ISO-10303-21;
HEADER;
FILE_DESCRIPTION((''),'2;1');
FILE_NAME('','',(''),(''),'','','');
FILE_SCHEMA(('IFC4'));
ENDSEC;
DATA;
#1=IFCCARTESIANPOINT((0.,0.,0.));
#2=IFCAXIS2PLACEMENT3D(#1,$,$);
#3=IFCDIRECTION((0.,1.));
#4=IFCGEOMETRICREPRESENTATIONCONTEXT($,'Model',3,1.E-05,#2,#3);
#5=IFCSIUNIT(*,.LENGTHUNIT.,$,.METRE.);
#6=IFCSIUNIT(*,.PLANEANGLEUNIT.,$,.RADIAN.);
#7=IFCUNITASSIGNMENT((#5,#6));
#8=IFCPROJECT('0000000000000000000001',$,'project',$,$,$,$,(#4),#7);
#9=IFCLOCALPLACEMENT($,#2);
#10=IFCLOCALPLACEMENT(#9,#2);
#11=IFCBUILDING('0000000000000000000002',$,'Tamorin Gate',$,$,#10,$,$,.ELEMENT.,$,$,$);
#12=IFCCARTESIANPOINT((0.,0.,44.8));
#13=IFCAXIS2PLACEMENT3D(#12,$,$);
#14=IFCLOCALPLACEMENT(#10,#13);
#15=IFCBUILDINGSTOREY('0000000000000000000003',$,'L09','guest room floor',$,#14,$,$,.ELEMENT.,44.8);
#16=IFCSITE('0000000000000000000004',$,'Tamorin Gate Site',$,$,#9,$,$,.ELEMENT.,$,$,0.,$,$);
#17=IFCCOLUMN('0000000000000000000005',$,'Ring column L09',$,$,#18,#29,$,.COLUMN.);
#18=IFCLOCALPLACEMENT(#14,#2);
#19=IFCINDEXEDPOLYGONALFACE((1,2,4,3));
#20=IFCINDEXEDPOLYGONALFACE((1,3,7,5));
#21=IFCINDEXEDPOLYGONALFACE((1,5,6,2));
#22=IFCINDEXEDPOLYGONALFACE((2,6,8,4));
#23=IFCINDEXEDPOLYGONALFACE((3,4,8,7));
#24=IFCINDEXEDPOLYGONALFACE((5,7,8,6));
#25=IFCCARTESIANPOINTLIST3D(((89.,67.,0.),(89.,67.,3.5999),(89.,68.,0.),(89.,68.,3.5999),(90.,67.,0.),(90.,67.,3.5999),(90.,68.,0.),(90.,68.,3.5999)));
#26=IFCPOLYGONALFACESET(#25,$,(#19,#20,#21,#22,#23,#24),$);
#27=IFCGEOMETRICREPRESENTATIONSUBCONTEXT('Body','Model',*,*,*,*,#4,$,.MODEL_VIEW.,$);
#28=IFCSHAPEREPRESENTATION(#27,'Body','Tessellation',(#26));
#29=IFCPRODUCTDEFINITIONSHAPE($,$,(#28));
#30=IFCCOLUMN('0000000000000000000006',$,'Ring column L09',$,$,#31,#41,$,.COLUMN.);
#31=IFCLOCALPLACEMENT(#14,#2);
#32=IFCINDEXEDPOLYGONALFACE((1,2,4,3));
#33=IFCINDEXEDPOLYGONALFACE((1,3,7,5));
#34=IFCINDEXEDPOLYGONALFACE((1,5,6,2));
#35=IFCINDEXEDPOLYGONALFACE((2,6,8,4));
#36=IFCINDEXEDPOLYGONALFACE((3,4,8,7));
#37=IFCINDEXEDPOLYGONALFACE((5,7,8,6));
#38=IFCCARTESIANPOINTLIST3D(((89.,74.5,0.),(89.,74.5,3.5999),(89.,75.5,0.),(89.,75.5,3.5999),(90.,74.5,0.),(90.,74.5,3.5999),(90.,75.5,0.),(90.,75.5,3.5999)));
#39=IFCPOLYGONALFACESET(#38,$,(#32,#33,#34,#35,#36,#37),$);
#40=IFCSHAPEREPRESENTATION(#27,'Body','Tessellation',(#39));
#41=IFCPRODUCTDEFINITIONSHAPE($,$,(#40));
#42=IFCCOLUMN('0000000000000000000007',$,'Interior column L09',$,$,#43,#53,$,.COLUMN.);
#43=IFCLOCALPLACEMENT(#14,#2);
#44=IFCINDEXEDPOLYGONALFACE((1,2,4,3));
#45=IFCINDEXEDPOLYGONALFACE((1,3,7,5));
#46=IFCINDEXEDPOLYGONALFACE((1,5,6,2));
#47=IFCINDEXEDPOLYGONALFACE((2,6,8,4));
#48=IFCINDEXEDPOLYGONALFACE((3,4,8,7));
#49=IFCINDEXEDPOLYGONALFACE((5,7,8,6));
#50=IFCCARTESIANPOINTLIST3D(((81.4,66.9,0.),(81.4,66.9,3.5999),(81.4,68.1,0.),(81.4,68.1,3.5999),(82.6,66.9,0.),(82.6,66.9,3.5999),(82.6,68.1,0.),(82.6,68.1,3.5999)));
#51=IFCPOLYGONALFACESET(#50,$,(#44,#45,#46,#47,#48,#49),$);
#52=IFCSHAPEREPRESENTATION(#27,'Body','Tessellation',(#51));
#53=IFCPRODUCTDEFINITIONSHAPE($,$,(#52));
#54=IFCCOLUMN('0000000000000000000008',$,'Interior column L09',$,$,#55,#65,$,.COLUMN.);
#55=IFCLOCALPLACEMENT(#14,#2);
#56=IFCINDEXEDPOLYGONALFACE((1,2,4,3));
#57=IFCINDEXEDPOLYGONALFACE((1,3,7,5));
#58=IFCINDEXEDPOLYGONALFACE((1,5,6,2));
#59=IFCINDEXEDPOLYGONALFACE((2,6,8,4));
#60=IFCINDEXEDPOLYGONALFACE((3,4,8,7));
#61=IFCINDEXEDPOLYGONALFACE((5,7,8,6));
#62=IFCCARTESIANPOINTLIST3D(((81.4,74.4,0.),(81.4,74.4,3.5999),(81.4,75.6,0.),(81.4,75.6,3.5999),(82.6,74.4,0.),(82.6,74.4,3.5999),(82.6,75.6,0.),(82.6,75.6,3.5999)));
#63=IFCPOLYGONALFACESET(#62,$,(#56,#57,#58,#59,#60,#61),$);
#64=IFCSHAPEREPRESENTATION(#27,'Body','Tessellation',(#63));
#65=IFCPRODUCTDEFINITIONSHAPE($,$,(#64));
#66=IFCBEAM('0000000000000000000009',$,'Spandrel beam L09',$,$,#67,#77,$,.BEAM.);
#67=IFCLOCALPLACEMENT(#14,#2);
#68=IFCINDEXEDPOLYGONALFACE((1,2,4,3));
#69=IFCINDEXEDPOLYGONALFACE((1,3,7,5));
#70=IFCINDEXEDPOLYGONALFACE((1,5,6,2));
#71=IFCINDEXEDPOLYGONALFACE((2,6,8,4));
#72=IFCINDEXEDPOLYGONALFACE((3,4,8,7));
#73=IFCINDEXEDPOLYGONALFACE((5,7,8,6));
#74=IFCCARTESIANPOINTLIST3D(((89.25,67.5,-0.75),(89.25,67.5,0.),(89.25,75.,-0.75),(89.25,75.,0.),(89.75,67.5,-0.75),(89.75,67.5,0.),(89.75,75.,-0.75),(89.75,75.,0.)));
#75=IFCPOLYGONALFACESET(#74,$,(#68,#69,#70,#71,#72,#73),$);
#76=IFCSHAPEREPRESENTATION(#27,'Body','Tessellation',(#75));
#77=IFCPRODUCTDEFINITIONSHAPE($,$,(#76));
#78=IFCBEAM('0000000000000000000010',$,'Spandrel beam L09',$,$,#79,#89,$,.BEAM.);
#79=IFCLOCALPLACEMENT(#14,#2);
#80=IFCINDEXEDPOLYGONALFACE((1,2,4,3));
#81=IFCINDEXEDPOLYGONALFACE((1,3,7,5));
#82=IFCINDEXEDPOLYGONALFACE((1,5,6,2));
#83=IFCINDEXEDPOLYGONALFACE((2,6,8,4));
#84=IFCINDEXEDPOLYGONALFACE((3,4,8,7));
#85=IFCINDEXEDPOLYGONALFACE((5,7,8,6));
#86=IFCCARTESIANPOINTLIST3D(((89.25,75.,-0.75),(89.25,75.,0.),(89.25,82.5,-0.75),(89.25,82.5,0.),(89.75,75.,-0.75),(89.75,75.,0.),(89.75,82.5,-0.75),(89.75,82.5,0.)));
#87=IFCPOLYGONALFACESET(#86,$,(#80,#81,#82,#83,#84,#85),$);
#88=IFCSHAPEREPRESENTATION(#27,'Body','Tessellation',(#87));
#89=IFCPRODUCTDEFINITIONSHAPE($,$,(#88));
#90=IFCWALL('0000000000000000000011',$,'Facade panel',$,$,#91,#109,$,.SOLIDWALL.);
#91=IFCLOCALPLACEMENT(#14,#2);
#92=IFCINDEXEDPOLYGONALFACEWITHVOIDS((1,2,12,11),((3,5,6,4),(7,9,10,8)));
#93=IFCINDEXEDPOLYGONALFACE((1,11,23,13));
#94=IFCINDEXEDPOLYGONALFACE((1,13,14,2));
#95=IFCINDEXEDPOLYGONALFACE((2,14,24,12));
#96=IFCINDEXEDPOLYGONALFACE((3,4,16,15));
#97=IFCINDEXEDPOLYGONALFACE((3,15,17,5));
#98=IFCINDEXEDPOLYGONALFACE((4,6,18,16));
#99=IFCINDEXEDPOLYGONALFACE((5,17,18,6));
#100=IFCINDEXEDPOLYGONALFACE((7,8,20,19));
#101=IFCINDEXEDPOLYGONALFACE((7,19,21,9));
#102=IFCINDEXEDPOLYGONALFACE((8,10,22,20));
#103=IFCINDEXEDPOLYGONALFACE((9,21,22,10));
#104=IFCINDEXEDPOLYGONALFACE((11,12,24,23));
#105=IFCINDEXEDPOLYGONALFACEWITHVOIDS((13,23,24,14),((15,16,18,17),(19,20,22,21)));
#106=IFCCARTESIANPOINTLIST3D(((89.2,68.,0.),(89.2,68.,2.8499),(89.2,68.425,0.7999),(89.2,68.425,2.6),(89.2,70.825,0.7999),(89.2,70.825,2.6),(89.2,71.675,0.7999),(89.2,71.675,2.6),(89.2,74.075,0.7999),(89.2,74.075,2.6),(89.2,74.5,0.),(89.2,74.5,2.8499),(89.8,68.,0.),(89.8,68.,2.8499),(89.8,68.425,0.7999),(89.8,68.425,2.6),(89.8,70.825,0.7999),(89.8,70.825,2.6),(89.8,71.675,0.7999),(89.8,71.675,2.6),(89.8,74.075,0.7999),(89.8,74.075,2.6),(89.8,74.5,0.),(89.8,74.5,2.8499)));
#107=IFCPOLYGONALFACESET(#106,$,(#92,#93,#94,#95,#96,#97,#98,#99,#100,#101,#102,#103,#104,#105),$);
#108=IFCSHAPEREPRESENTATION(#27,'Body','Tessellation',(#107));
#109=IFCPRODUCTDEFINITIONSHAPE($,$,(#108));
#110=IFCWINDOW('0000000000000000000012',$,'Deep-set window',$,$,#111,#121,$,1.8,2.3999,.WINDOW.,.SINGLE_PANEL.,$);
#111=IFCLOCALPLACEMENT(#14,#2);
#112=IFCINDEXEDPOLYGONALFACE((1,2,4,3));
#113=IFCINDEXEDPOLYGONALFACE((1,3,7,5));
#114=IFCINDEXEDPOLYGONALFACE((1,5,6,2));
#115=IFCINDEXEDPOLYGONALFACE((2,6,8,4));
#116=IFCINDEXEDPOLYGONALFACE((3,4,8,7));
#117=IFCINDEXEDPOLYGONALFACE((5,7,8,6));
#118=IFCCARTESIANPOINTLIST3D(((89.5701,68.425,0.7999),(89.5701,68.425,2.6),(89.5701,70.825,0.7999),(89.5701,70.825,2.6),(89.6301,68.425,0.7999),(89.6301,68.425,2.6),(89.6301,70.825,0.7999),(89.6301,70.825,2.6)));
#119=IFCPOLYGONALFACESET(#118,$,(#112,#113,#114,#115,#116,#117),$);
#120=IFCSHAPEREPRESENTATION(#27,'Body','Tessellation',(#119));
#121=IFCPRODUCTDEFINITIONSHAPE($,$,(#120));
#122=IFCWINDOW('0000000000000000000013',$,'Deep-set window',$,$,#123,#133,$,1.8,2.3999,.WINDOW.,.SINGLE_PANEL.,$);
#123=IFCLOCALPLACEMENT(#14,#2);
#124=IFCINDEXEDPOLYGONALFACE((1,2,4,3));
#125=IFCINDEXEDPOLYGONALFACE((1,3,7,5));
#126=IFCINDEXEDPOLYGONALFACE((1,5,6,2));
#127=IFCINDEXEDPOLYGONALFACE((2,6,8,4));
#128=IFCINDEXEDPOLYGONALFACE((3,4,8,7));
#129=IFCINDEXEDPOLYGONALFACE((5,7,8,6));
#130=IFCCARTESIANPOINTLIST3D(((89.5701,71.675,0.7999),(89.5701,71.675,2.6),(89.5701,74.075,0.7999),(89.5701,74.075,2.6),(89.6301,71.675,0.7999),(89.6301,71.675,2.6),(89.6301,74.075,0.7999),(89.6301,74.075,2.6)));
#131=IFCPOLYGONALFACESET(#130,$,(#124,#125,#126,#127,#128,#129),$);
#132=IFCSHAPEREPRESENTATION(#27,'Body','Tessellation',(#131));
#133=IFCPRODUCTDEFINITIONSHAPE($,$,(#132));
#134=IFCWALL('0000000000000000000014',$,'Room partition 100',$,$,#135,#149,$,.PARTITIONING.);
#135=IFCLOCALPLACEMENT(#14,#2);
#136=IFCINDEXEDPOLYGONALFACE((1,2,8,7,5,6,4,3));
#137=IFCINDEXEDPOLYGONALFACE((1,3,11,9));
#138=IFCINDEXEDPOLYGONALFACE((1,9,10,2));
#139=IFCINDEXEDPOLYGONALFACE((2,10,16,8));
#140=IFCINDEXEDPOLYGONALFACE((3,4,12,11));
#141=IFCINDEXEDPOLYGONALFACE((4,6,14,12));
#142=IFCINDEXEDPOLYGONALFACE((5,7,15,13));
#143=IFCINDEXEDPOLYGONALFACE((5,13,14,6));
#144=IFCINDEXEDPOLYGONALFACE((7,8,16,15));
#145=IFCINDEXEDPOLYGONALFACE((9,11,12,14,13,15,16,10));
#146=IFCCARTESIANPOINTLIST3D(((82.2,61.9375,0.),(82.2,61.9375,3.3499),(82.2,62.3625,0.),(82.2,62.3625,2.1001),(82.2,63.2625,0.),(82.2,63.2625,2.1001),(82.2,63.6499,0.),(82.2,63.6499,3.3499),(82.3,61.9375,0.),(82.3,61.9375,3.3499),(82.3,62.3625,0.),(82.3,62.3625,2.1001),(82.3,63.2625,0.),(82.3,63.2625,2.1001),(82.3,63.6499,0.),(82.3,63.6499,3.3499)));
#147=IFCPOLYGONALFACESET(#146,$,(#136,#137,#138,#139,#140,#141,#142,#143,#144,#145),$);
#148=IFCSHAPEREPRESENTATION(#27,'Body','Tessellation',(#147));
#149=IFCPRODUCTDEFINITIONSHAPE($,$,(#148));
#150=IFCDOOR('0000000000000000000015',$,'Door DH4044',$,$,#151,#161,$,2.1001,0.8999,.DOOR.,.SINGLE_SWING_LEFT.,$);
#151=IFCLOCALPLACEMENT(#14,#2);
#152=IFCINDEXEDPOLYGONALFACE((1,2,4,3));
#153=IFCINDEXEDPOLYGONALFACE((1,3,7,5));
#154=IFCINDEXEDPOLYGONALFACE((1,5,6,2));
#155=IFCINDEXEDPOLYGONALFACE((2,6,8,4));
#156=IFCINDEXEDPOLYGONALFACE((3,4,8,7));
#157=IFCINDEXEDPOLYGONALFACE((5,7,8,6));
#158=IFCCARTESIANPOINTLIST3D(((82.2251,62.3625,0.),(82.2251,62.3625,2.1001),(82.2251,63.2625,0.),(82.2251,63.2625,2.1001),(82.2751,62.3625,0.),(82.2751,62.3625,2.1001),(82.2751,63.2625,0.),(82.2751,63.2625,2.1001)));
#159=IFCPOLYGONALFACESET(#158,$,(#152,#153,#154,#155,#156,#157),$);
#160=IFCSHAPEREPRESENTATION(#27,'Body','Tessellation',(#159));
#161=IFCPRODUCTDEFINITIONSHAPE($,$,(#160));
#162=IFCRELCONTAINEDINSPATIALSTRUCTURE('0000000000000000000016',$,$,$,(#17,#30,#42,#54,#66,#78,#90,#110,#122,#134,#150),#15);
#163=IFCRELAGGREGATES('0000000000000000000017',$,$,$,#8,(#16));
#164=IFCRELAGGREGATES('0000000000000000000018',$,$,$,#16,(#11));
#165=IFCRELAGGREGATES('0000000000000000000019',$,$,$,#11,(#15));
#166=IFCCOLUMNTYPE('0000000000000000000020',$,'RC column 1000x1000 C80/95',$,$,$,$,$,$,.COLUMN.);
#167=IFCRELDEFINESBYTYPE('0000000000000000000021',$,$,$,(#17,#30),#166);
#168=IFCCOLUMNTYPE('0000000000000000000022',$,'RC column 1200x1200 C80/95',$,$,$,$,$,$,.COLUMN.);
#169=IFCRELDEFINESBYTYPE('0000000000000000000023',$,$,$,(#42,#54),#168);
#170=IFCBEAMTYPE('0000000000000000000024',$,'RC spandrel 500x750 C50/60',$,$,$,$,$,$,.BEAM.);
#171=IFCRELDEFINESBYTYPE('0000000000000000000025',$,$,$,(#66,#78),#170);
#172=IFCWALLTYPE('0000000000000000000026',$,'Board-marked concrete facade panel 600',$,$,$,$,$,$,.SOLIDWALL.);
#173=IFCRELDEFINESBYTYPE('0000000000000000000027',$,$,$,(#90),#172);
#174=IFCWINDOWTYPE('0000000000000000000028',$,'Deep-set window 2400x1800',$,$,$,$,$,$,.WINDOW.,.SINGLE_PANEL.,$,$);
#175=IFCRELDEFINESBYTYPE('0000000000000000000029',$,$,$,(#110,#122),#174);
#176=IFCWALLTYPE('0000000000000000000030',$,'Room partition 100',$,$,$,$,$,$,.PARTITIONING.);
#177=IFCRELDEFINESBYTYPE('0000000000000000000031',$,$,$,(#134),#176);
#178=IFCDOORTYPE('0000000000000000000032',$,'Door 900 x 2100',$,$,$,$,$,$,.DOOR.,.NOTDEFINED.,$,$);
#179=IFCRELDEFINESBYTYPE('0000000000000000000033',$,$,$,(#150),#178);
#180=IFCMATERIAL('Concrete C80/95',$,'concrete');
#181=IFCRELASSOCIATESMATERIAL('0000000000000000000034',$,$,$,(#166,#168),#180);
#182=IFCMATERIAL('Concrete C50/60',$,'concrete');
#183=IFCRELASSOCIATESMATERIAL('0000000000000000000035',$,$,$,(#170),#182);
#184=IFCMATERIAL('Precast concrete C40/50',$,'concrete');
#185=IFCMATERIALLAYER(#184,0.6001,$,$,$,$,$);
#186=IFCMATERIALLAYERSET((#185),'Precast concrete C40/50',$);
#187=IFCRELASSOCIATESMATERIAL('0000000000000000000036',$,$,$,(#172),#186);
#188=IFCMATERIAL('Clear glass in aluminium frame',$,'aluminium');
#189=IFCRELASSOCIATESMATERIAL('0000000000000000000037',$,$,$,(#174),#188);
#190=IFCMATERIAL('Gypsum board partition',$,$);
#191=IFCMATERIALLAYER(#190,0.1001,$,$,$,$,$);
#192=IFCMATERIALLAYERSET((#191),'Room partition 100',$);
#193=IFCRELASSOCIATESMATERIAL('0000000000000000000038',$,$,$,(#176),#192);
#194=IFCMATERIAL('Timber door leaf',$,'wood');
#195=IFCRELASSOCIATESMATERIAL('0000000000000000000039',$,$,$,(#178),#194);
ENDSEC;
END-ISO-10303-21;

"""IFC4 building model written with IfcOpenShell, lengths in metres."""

from ifc_helpers import new_model, si_unit, direction, frame, frame_2d, origin, origin_2d, place, context, subcontext, project, spatial, rectangle, extrude, material, layer, layer_set, material_profile, profile_set, type_object, element, fill, save


model = new_model("IFC4")

# Units and contexts
model_context = context("Model", 3, precision=1e-05, world=origin(), true_north=direction((0.0, 1.0)))
body_context = subcontext(model_context, "Body", "Model", "MODEL_VIEW")
ifc_project = project(units=[si_unit("LENGTHUNIT", "METRE"), si_unit("PLANEANGLEUNIT", "RADIAN")], contexts=[model_context])

# Site, building, storey
site_placement = place(None, origin())
site = spatial("IfcSite", under=ifc_project, at=site_placement, Name="Tamorin Gate Site", CompositionType="ELEMENT", RefElevation=0.0)
building_placement = place(site_placement, origin())
building = spatial("IfcBuilding", under=site, at=building_placement, Name="Tamorin Gate", CompositionType="ELEMENT")
storey_placement = place(building_placement, frame((0.0, 0.0, 44.8)))
storey = spatial("IfcBuildingStorey", under=building, at=storey_placement, Name="L09", Description="guest room floor", CompositionType="ELEMENT", Elevation=44.8)

# Columns
ifc_material_1 = material(Name="Concrete C80/95", Category="concrete")
ifc_material_profile_1 = material_profile(ifc_material_1, rectangle(XDim=1.0, YDim=1.0, at=origin_2d()), Name="RC 1000x1000")
ifc_profile_set_1 = profile_set([ifc_material_profile_1], Name="Concrete C80/95")
column_type_1 = type_object("IfcColumnType", Name="RC column 1000x1000 C80/95", PredefinedType="COLUMN", material=ifc_profile_set_1)
for number, where, z_axis, x_axis, name in (
    (1, (89.5, 67.5, 0.0), (0.0, 0.0, 1.0), (1.0, 0.0, 0.0), "Ring column L09"),
    (2, (89.5, 75.0, 0.0), (0.0, 0.0, 1.0), (1.0, 0.0, 0.0), "Ring column L09"),
):
    element("IfcColumn", number, at=place(storey_placement, frame(where, z_axis=z_axis, x_axis=x_axis)), inside=storey, type_object=column_type_1, Name=name, PredefinedType="COLUMN", context=body_context, shape_type="SweptSolid", body=[
        extrude(rectangle(XDim=1.0, YDim=1.0, at=origin_2d()), origin(), (0.0, 0.0, 1.0), 3.5999),
    ])
ifc_material_profile_2 = material_profile(ifc_material_1, rectangle(XDim=1.2, YDim=1.2, at=origin_2d()), Name="RC 1200x1200")
ifc_profile_set_2 = profile_set([ifc_material_profile_2], Name="Concrete C80/95")
column_type_2 = type_object("IfcColumnType", Name="RC column 1200x1200 C80/95", PredefinedType="COLUMN", material=ifc_profile_set_2)
for number, where, z_axis, x_axis, name in (
    (3, (82.0, 67.5, 0.0), (0.0, 0.0, 1.0), (1.0, 0.0, 0.0), "Interior column L09"),
    (4, (82.0, 75.0, 0.0), (0.0, 0.0, 1.0), (1.0, 0.0, 0.0), "Interior column L09"),
):
    element("IfcColumn", number, at=place(storey_placement, frame(where, z_axis=z_axis, x_axis=x_axis)), inside=storey, type_object=column_type_2, Name=name, PredefinedType="COLUMN", context=body_context, shape_type="SweptSolid", body=[
        extrude(rectangle(XDim=1.2, YDim=1.2, at=origin_2d()), origin(), (0.0, 0.0, 1.0), 3.5999),
    ])

# Beams
ifc_material_2 = material(Name="Concrete C50/60", Category="concrete")
ifc_material_profile_3 = material_profile(ifc_material_2, rectangle(XDim=0.5, YDim=0.75, at=origin_2d()), Name="RC 500x750")
ifc_profile_set_3 = profile_set([ifc_material_profile_3], Name="Concrete C50/60")
beam_type = type_object("IfcBeamType", Name="RC spandrel 500x750 C50/60", PredefinedType="BEAM", material=ifc_profile_set_3)
for number, where, z_axis, x_axis, name in (
    (5, (89.5, 67.5, -0.375), (0.0, 1.0, 0.0), (-1.0, 0.0, 0.0), "Spandrel beam L09"),
    (6, (89.5, 75.0, -0.375), (0.0, 1.0, 0.0), (-1.0, 0.0, 0.0), "Spandrel beam L09"),
):
    element("IfcBeam", number, at=place(storey_placement, frame(where, z_axis=z_axis, x_axis=x_axis)), inside=storey, type_object=beam_type, Name=name, PredefinedType="BEAM", context=body_context, shape_type="SweptSolid", body=[
        extrude(rectangle(XDim=0.5, YDim=0.75, at=origin_2d()), origin(), (0.0, 0.0, 1.0), 7.5),
    ])

# Wall, openings, windows
ifc_material_3 = material(Name="Precast concrete C40/50", Category="concrete")
ifc_layer_1 = layer(ifc_material_3, 0.6001)
ifc_layer_set_1 = layer_set([ifc_layer_1], Name="Precast concrete C40/50")
wall_type_1 = type_object("IfcWallType", Name="Board-marked concrete facade panel 600", PredefinedType="SOLIDWALL", material=ifc_layer_set_1)
wall_1_placement = place(storey_placement, frame((89.5, 68.0, 0.0), z_axis=(0.0, 0.0, 1.0), x_axis=(0.0, 1.0, 0.0)))
wall_1 = element("IfcWall", 7, at=wall_1_placement, inside=storey, type_object=wall_type_1, Name="Facade panel", PredefinedType="SOLIDWALL", context=body_context, shape_type="SweptSolid", body=[
    extrude(rectangle(XDim=6.5, YDim=0.6001, at=frame_2d((3.25, 0.0))), origin(), (0.0, 0.0, 1.0), 2.8499),
])
opening_1_placement = place(wall_1_placement, frame((0.425, 0.0, 0.8)))
opening_1 = element("IfcOpeningElement", 8, at=opening_1_placement, cuts=wall_1, PredefinedType="OPENING", context=body_context, shape_type="SweptSolid", body=[
    extrude(rectangle(XDim=2.3999, YDim=1.8, at=frame_2d((1.2, 0.8999))), frame((0.0, 0.3101, 0.0), z_axis=(0.0, -1.0, 0.0), x_axis=(1.0, 0.0, 0.0)), (0.0, 0.0, 1.0), 0.6201),
])
opening_2_placement = place(wall_1_placement, frame((3.675, 0.0, 0.8)))
opening_2 = element("IfcOpeningElement", 9, at=opening_2_placement, cuts=wall_1, PredefinedType="OPENING", context=body_context, shape_type="SweptSolid", body=[
    extrude(rectangle(XDim=2.3999, YDim=1.8, at=frame_2d((1.2, 0.8999))), frame((0.0, 0.3101, 0.0), z_axis=(0.0, -1.0, 0.0), x_axis=(1.0, 0.0, 0.0)), (0.0, 0.0, 1.0), 0.6201),
])
ifc_material_4 = material(Name="Clear glass in aluminium frame", Category="aluminium")
window_type = type_object("IfcWindowType", Name="Deep-set window 2400x1800", PartitioningType="SINGLE_PANEL", PredefinedType="WINDOW", material=ifc_material_4)
window_1_placement = place(opening_1_placement, origin())
window_1 = element("IfcWindow", 10, at=window_1_placement, inside=storey, type_object=window_type, Name="Deep-set window", OverallHeight=1.8, OverallWidth=2.3999, PartitioningType="SINGLE_PANEL", PredefinedType="WINDOW", context=body_context, shape_type="SweptSolid", body=[
    extrude(rectangle(XDim=2.3999, YDim=1.8, at=frame_2d((1.2, 0.8999))), frame((0.0, -0.0701, 0.0), z_axis=(0.0, -1.0, 0.0), x_axis=(1.0, 0.0, 0.0)), (0.0, 0.0, 1.0), 0.0601),
])
fill(opening_1, window_1)
window_2_placement = place(opening_2_placement, origin())
window_2 = element("IfcWindow", 11, at=window_2_placement, inside=storey, type_object=window_type, Name="Deep-set window", OverallHeight=1.8, OverallWidth=2.3999, PartitioningType="SINGLE_PANEL", PredefinedType="WINDOW", context=body_context, shape_type="SweptSolid", body=[
    extrude(rectangle(XDim=2.3999, YDim=1.8, at=frame_2d((1.2, 0.8999))), frame((0.0, -0.0701, 0.0), z_axis=(0.0, -1.0, 0.0), x_axis=(1.0, 0.0, 0.0)), (0.0, 0.0, 1.0), 0.0601),
])
fill(opening_2, window_2)

# Wall, opening, door
ifc_material_5 = material(Name="Gypsum board partition")
ifc_layer_2 = layer(ifc_material_5, 0.1001)
ifc_layer_set_2 = layer_set([ifc_layer_2], Name="Room partition 100")
wall_type_2 = type_object("IfcWallType", Name="Room partition 100", PredefinedType="PARTITIONING", material=ifc_layer_set_2)
wall_2_placement = place(storey_placement, frame((82.25, 61.9375, 0.0), z_axis=(0.0, 0.0, 1.0), x_axis=(0.0, 1.0, 0.0)))
wall_2 = element("IfcWall", 12, at=wall_2_placement, inside=storey, type_object=wall_type_2, Name="Room partition 100", PredefinedType="PARTITIONING", context=body_context, shape_type="SweptSolid", body=[
    extrude(rectangle(XDim=1.7124, YDim=0.1001, at=frame_2d((0.8562, 0.0))), origin(), (0.0, 0.0, 1.0), 3.3499),
])
opening_3_placement = place(wall_2_placement, frame((0.425, 0.0, 0.0)))
opening_3 = element("IfcOpeningElement", 13, at=opening_3_placement, cuts=wall_2, PredefinedType="OPENING", context=body_context, shape_type="SweptSolid", body=[
    extrude(rectangle(XDim=0.8999, YDim=2.1001, at=frame_2d((0.45, 1.05))), frame((0.0, 0.0601, 0.0), z_axis=(0.0, -1.0, 0.0), x_axis=(1.0, 0.0, 0.0)), (0.0, 0.0, 1.0), 0.1201),
])
ifc_material_6 = material(Name="Timber door leaf", Category="wood")
door_type = type_object("IfcDoorType", Name="Door 900 x 2100", OperationType="NOTDEFINED", PredefinedType="DOOR", material=ifc_material_6)
door_1_placement = place(opening_3_placement, origin())
door_1 = element("IfcDoor", 14, at=door_1_placement, inside=storey, type_object=door_type, Name="Door DH4044", OperationType="SINGLE_SWING_LEFT", OverallHeight=2.1001, OverallWidth=0.8999, PredefinedType="DOOR", context=body_context, shape_type="SweptSolid", body=[
    extrude(rectangle(XDim=0.8999, YDim=2.1001, at=frame_2d((0.45, 1.05))), frame((0.0, 0.0249, 0.0), z_axis=(0.0, -1.0, 0.0), x_axis=(1.0, 0.0, 0.0)), (0.0, 0.0, 1.0), 0.05),
])
fill(opening_3, door_1)

save(model, "model.ifc")
